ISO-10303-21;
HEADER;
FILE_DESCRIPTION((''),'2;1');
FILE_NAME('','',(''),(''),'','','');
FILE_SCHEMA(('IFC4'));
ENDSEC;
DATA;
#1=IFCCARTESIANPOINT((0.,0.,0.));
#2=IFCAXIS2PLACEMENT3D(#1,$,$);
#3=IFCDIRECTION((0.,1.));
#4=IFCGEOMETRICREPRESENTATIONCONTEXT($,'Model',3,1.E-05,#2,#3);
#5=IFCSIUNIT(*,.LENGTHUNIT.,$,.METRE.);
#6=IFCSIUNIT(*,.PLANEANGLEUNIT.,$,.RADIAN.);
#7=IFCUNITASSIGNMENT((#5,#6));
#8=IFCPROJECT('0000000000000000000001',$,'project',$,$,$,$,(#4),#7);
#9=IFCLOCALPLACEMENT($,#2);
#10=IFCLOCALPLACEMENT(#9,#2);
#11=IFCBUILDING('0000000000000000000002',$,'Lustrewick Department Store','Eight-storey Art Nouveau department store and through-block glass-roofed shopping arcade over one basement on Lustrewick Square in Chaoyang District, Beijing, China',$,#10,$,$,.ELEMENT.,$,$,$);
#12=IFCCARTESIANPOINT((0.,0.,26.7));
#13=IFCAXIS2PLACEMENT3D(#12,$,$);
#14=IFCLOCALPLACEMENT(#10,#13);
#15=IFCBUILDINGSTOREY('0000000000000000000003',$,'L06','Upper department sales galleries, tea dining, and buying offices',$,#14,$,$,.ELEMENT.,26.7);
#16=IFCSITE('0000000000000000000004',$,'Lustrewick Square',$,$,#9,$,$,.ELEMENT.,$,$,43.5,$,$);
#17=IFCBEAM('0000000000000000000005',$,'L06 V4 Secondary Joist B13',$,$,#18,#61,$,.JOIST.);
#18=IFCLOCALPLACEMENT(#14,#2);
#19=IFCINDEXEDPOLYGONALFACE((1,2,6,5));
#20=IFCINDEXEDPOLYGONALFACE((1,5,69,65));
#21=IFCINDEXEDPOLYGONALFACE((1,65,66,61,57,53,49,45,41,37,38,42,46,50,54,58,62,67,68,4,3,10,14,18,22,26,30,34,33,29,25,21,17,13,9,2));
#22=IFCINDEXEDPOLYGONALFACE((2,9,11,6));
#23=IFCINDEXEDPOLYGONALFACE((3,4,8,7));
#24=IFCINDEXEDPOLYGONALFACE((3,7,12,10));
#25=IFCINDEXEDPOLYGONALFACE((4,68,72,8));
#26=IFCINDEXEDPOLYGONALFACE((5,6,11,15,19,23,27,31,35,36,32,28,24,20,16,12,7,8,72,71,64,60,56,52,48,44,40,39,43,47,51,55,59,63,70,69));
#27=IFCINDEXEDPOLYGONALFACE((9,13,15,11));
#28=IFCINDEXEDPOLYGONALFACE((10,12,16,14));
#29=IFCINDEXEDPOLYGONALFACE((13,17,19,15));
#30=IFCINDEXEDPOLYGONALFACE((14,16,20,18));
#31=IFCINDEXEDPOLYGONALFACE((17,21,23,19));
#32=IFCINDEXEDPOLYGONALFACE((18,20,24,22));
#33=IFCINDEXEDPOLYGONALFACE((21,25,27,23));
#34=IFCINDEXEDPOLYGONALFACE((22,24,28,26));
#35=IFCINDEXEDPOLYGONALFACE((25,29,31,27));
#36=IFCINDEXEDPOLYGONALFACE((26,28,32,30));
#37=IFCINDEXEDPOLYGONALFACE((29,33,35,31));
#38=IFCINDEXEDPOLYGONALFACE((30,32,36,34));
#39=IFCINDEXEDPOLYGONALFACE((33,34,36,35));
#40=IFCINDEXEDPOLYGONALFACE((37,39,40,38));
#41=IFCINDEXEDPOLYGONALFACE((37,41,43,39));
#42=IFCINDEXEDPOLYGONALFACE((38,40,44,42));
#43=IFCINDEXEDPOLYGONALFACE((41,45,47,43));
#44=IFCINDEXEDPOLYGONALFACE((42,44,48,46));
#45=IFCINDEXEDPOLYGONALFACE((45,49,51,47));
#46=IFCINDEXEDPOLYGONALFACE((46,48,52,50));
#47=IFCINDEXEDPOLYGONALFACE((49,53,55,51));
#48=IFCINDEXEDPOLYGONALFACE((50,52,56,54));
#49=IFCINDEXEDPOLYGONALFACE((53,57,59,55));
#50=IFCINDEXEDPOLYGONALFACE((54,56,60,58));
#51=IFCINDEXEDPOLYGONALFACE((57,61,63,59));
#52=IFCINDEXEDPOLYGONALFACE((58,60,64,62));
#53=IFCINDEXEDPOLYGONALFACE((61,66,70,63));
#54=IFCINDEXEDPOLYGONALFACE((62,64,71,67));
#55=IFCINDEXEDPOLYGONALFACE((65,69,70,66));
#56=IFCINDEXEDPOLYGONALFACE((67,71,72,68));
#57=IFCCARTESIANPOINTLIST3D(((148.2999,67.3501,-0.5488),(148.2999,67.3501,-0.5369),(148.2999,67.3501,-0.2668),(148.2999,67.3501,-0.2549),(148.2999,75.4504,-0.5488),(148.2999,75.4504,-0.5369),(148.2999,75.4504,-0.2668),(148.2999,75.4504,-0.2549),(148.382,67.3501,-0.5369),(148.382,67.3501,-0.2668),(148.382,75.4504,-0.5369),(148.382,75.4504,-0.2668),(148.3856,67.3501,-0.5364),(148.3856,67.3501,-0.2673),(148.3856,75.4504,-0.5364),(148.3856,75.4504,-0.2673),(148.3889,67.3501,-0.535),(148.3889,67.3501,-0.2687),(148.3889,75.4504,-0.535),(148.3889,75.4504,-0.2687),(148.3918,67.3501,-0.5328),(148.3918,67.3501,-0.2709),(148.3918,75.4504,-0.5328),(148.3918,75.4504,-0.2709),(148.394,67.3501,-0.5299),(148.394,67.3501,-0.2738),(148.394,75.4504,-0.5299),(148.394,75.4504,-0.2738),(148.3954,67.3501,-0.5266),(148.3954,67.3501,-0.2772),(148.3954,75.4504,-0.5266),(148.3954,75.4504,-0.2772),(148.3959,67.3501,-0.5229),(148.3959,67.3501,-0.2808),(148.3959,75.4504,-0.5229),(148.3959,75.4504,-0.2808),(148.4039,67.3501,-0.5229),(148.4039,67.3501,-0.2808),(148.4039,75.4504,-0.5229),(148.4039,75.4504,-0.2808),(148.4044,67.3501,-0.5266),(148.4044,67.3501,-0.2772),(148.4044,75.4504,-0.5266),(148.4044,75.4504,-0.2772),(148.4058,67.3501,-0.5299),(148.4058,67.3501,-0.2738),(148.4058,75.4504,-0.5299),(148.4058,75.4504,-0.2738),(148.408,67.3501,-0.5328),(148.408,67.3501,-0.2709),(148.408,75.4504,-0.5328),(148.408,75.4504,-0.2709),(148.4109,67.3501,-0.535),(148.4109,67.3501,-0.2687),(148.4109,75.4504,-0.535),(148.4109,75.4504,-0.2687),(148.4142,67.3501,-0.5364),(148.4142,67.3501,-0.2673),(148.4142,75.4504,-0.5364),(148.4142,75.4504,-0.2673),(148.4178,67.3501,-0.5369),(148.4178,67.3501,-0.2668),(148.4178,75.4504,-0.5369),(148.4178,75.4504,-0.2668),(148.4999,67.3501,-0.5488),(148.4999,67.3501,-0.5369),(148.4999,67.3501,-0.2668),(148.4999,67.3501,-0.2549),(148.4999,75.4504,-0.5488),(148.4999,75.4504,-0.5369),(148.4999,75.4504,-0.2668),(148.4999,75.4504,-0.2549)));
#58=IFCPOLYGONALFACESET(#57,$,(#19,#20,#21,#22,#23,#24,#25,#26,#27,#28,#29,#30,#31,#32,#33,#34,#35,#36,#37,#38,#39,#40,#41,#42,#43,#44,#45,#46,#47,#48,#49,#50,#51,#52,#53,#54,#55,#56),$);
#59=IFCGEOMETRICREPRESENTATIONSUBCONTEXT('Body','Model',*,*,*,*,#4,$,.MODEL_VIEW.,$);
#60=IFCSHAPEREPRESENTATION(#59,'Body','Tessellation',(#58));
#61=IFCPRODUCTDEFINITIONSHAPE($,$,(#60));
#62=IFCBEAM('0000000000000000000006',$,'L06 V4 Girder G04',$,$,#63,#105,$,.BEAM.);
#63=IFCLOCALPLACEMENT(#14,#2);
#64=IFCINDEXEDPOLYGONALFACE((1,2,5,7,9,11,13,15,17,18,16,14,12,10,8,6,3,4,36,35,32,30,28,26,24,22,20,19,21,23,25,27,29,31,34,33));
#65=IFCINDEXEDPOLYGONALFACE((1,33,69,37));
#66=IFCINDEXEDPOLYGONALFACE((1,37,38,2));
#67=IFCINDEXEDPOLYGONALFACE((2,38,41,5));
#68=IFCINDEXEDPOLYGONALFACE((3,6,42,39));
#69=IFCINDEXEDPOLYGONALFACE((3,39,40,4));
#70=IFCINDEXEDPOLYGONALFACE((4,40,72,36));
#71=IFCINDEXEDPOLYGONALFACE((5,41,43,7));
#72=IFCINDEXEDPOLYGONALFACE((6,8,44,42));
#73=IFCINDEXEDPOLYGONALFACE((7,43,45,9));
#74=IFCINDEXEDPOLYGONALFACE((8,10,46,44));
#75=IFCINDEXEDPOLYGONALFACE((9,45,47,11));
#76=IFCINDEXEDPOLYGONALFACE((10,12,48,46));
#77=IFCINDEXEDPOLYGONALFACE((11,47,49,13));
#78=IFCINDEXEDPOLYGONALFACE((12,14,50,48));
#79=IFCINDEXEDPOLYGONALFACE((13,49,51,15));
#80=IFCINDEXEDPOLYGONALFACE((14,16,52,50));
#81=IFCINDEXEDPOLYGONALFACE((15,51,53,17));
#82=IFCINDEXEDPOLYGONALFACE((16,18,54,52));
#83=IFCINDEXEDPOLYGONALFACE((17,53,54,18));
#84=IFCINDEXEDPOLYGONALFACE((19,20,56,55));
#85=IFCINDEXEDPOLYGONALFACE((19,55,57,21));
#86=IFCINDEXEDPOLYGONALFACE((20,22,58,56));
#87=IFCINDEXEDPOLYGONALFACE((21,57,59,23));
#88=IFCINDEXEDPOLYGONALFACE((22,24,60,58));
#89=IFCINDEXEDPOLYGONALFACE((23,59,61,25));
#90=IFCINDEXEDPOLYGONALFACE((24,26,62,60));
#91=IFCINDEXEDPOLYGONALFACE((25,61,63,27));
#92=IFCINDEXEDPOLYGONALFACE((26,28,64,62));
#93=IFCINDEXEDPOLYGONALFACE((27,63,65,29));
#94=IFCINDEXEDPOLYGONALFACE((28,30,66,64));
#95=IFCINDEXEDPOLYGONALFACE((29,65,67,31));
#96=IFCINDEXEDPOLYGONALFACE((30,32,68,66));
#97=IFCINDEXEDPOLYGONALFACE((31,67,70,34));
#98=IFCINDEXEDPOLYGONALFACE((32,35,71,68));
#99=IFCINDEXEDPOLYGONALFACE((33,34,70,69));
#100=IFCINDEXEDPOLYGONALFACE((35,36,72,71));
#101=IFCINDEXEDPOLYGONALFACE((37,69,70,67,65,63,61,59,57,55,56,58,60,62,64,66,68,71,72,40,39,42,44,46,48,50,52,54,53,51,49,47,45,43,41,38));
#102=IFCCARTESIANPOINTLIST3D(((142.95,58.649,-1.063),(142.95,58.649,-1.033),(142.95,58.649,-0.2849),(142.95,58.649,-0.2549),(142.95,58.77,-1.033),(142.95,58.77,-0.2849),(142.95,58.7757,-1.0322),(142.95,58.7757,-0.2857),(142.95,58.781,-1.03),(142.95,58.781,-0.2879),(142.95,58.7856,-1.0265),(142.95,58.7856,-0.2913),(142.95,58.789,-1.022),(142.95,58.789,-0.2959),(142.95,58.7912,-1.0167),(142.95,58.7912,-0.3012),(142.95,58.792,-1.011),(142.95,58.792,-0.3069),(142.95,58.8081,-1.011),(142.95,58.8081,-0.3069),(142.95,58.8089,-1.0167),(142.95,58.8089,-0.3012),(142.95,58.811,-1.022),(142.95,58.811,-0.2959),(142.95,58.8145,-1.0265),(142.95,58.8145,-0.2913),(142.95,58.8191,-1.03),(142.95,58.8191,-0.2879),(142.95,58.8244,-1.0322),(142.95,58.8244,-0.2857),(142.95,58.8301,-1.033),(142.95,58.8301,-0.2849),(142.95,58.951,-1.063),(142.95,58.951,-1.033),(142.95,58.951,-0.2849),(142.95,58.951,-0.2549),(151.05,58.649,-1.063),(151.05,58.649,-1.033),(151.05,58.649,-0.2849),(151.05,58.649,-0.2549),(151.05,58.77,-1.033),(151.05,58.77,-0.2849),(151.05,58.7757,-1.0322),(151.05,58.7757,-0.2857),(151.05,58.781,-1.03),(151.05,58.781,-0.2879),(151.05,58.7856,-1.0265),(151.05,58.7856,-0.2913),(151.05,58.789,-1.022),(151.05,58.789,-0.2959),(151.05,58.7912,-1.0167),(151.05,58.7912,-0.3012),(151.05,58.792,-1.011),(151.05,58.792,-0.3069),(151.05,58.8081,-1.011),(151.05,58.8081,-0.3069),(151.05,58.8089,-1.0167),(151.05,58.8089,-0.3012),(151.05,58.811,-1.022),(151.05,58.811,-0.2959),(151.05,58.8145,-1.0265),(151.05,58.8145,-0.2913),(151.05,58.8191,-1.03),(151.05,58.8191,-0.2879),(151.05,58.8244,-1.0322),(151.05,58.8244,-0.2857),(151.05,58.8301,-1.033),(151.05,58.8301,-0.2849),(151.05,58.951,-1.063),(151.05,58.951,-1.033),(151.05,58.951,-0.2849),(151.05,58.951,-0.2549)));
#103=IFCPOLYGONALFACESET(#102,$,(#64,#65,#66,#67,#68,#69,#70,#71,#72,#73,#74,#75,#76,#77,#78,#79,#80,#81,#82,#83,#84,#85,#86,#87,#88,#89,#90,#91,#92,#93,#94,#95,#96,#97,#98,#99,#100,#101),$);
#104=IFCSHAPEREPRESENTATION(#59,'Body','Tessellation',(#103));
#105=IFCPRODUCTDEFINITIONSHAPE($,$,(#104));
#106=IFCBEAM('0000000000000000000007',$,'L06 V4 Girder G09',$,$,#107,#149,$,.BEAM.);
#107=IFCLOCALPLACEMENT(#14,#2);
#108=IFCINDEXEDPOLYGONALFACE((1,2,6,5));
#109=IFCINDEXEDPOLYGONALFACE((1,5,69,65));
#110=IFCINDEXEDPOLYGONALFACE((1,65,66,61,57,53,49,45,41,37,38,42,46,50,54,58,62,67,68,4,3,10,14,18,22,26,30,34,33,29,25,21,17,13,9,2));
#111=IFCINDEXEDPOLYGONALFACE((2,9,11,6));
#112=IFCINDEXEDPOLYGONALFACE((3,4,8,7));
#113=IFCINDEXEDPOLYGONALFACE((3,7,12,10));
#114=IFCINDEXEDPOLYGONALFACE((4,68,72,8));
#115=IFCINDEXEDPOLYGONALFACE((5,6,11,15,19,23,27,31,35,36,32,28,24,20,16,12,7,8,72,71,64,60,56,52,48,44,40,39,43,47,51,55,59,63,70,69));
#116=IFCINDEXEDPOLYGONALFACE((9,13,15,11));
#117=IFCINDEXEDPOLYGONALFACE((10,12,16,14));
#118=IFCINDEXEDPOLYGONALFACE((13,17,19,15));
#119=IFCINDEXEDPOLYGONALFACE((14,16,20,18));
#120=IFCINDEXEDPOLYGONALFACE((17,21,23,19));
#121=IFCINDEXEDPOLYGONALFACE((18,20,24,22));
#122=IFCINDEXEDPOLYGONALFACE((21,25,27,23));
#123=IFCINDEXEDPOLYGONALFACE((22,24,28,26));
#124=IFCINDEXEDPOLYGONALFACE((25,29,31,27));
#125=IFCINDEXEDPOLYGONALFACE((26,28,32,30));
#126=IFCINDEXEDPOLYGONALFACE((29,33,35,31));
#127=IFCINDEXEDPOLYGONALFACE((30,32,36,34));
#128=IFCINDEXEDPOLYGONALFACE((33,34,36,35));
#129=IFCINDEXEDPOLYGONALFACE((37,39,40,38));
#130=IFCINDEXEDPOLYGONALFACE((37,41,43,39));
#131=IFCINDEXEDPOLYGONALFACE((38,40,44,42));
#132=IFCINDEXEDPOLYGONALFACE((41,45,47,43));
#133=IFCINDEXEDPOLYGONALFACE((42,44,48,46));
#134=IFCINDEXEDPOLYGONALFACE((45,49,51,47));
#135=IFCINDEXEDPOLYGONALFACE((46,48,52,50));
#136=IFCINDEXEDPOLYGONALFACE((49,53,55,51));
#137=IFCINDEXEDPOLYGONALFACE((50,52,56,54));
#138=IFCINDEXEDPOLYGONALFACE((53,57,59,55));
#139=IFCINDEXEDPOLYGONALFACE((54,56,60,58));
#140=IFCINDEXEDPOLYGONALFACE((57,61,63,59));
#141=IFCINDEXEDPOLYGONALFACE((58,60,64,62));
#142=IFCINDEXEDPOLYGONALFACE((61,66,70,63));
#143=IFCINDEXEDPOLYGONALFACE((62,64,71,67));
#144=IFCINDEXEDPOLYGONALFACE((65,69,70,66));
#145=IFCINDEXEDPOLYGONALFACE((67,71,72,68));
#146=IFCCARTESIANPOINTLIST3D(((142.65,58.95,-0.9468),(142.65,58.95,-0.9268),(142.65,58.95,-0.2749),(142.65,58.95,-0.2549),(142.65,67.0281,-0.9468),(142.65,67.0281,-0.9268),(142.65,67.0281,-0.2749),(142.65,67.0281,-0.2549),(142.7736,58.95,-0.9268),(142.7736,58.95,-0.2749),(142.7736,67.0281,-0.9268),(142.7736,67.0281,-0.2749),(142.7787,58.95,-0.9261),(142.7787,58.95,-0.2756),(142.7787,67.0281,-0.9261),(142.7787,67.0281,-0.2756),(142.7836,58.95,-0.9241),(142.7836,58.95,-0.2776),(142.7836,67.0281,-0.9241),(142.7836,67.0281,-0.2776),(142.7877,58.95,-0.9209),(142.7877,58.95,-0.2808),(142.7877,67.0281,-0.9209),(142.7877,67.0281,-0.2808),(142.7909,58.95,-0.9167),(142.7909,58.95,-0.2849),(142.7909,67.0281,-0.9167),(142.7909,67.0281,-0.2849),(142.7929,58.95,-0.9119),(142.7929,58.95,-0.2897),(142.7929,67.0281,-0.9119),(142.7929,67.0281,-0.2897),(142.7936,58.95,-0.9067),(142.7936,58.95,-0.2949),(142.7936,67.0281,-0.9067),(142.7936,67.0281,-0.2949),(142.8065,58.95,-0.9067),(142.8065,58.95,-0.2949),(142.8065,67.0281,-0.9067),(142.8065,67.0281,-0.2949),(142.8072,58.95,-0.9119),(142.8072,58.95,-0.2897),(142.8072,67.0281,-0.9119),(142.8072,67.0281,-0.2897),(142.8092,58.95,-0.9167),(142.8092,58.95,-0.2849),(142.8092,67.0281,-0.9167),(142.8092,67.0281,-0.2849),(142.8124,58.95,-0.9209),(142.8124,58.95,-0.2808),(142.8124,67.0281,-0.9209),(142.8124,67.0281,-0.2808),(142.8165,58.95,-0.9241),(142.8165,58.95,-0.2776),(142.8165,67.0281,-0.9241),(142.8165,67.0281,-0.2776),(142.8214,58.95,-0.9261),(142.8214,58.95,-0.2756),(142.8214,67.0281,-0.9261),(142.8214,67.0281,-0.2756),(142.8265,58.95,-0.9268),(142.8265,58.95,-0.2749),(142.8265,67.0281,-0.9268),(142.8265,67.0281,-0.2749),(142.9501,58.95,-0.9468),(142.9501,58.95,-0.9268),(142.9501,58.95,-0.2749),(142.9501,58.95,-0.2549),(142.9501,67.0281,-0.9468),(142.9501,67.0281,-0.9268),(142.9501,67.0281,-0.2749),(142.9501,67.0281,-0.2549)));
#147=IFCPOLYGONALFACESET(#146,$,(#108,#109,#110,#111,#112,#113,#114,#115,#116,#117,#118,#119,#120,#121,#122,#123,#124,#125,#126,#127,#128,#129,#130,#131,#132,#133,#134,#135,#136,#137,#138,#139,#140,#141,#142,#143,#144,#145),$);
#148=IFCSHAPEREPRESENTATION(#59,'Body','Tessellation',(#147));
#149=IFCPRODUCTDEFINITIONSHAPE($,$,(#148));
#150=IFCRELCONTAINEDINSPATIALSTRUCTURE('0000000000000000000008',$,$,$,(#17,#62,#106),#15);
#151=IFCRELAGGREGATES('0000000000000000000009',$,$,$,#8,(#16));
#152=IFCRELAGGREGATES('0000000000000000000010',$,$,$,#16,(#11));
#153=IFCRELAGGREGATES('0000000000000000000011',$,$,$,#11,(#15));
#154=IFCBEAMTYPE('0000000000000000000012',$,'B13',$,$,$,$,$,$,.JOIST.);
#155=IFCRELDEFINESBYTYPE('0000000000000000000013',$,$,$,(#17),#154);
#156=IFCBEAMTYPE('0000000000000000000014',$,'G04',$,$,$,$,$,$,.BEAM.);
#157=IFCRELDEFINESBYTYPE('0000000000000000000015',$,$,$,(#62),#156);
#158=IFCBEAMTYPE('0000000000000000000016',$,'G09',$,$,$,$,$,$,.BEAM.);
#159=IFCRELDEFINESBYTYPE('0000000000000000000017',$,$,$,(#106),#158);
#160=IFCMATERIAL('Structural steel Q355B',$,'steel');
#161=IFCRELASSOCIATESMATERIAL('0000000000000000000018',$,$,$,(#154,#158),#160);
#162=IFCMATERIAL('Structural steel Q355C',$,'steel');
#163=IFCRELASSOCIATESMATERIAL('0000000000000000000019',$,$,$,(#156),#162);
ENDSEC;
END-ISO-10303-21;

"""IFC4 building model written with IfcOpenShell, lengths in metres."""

from ifc_helpers import new_model, si_unit, direction, frame, origin, origin_2d, place, context, subcontext, project, spatial, i_section, extrude, material, material_profile, profile_set, type_object, element, save


model = new_model("IFC4")

# Units and contexts
model_context = context("Model", 3, precision=1e-05, world=origin(), true_north=direction((0.0, 1.0)))
body_context = subcontext(model_context, "Body", "Model", "MODEL_VIEW")
ifc_project = project(units=[si_unit("LENGTHUNIT", "METRE"), si_unit("PLANEANGLEUNIT", "RADIAN")], contexts=[model_context])

# Site, building, storey
site_placement = place(None, origin())
site = spatial("IfcSite", under=ifc_project, at=site_placement, Name="Lustrewick Square", CompositionType="ELEMENT", RefElevation=43.5)
building_placement = place(site_placement, origin())
building = spatial("IfcBuilding", under=site, at=building_placement, Name="Lustrewick Department Store", Description="Eight-storey Art Nouveau department store and through-block glass-roofed shopping arcade over one basement on Lustrewick Square in Chaoyang District, Beijing, China", CompositionType="ELEMENT")
storey_placement = place(building_placement, frame((0.0, 0.0, 26.7)))
storey = spatial("IfcBuildingStorey", under=building, at=storey_placement, Name="L06", Description="Upper department sales galleries, tea dining, and buying offices", CompositionType="ELEMENT", Elevation=26.7)

# Shared definitions
ifc_material_1 = material(Name="Structural steel Q355B", Category="steel")

# Beams
ifc_material_profile_1 = material_profile(ifc_material_1, i_section(OverallWidth=0.2, OverallDepth=0.2939, WebThickness=0.0081, FlangeThickness=0.012, FilletRadius=0.0139, at=origin_2d()), Name="HM 294x200x8x12")
ifc_profile_set_1 = profile_set([ifc_material_profile_1], Name="Structural steel Q355B")
beam_type_1 = type_object("IfcBeamType", Name="B13", PredefinedType="JOIST", material=ifc_profile_set_1)
beam_1_placement = place(storey_placement, frame((148.3999, 67.3501, -0.4019), z_axis=(0.0, 1.0, 0.0), x_axis=(-1.0, 0.0, 0.0)))
element("IfcBeam", 1, at=beam_1_placement, inside=storey, type_object=beam_type_1, Name="L06 V4 Secondary Joist B13", PredefinedType="JOIST", context=body_context, shape_type="SweptSolid", body=[
    extrude(i_section(OverallWidth=0.2, OverallDepth=0.2939, WebThickness=0.0081, FlangeThickness=0.012, FilletRadius=0.0139, at=origin_2d()), origin(), (0.0, 0.0, 1.0), 8.1003),
])
ifc_material_2 = material(Name="Structural steel Q355C", Category="steel")
ifc_material_profile_2 = material_profile(ifc_material_2, i_section(OverallWidth=0.302, OverallDepth=0.8081, WebThickness=0.0161, FlangeThickness=0.03, FilletRadius=0.022, at=origin_2d()), Name="HN 808x302x16x30")
ifc_profile_set_2 = profile_set([ifc_material_profile_2], Name="Structural steel Q355C")
beam_type_2 = type_object("IfcBeamType", Name="G04", PredefinedType="BEAM", material=ifc_profile_set_2)
beam_2_placement = place(storey_placement, frame((142.95, 58.8, -0.6589), z_axis=(1.0, 0.0, 0.0), x_axis=(0.0, 1.0, 0.0)))
element("IfcBeam", 2, at=beam_2_placement, inside=storey, type_object=beam_type_2, Name="L06 V4 Girder G04", PredefinedType="BEAM", context=body_context, shape_type="SweptSolid", body=[
    extrude(i_section(OverallWidth=0.302, OverallDepth=0.8081, WebThickness=0.0161, FlangeThickness=0.03, FilletRadius=0.022, at=origin_2d()), origin(), (0.0, 0.0, 1.0), 8.1001),
])
ifc_material_profile_3 = material_profile(ifc_material_1, i_section(OverallWidth=0.3, OverallDepth=0.6919, WebThickness=0.0129, FlangeThickness=0.02, FilletRadius=0.02, at=origin_2d()), Name="HN 692x300x13x20")
ifc_profile_set_3 = profile_set([ifc_material_profile_3], Name="Structural steel Q355B")
beam_type_3 = type_object("IfcBeamType", Name="G09", PredefinedType="BEAM", material=ifc_profile_set_3)
beam_3_placement = place(storey_placement, frame((142.8, 58.95, -0.6008), z_axis=(0.0, 1.0, 0.0), x_axis=(-1.0, 0.0, 0.0)))
element("IfcBeam", 3, at=beam_3_placement, inside=storey, type_object=beam_type_3, Name="L06 V4 Girder G09", PredefinedType="BEAM", context=body_context, shape_type="SweptSolid", body=[
    extrude(i_section(OverallWidth=0.3, OverallDepth=0.6919, WebThickness=0.0129, FlangeThickness=0.02, FilletRadius=0.02, at=origin_2d()), origin(), (0.0, 0.0, 1.0), 8.0781),
])

save(model, "model.ifc")
